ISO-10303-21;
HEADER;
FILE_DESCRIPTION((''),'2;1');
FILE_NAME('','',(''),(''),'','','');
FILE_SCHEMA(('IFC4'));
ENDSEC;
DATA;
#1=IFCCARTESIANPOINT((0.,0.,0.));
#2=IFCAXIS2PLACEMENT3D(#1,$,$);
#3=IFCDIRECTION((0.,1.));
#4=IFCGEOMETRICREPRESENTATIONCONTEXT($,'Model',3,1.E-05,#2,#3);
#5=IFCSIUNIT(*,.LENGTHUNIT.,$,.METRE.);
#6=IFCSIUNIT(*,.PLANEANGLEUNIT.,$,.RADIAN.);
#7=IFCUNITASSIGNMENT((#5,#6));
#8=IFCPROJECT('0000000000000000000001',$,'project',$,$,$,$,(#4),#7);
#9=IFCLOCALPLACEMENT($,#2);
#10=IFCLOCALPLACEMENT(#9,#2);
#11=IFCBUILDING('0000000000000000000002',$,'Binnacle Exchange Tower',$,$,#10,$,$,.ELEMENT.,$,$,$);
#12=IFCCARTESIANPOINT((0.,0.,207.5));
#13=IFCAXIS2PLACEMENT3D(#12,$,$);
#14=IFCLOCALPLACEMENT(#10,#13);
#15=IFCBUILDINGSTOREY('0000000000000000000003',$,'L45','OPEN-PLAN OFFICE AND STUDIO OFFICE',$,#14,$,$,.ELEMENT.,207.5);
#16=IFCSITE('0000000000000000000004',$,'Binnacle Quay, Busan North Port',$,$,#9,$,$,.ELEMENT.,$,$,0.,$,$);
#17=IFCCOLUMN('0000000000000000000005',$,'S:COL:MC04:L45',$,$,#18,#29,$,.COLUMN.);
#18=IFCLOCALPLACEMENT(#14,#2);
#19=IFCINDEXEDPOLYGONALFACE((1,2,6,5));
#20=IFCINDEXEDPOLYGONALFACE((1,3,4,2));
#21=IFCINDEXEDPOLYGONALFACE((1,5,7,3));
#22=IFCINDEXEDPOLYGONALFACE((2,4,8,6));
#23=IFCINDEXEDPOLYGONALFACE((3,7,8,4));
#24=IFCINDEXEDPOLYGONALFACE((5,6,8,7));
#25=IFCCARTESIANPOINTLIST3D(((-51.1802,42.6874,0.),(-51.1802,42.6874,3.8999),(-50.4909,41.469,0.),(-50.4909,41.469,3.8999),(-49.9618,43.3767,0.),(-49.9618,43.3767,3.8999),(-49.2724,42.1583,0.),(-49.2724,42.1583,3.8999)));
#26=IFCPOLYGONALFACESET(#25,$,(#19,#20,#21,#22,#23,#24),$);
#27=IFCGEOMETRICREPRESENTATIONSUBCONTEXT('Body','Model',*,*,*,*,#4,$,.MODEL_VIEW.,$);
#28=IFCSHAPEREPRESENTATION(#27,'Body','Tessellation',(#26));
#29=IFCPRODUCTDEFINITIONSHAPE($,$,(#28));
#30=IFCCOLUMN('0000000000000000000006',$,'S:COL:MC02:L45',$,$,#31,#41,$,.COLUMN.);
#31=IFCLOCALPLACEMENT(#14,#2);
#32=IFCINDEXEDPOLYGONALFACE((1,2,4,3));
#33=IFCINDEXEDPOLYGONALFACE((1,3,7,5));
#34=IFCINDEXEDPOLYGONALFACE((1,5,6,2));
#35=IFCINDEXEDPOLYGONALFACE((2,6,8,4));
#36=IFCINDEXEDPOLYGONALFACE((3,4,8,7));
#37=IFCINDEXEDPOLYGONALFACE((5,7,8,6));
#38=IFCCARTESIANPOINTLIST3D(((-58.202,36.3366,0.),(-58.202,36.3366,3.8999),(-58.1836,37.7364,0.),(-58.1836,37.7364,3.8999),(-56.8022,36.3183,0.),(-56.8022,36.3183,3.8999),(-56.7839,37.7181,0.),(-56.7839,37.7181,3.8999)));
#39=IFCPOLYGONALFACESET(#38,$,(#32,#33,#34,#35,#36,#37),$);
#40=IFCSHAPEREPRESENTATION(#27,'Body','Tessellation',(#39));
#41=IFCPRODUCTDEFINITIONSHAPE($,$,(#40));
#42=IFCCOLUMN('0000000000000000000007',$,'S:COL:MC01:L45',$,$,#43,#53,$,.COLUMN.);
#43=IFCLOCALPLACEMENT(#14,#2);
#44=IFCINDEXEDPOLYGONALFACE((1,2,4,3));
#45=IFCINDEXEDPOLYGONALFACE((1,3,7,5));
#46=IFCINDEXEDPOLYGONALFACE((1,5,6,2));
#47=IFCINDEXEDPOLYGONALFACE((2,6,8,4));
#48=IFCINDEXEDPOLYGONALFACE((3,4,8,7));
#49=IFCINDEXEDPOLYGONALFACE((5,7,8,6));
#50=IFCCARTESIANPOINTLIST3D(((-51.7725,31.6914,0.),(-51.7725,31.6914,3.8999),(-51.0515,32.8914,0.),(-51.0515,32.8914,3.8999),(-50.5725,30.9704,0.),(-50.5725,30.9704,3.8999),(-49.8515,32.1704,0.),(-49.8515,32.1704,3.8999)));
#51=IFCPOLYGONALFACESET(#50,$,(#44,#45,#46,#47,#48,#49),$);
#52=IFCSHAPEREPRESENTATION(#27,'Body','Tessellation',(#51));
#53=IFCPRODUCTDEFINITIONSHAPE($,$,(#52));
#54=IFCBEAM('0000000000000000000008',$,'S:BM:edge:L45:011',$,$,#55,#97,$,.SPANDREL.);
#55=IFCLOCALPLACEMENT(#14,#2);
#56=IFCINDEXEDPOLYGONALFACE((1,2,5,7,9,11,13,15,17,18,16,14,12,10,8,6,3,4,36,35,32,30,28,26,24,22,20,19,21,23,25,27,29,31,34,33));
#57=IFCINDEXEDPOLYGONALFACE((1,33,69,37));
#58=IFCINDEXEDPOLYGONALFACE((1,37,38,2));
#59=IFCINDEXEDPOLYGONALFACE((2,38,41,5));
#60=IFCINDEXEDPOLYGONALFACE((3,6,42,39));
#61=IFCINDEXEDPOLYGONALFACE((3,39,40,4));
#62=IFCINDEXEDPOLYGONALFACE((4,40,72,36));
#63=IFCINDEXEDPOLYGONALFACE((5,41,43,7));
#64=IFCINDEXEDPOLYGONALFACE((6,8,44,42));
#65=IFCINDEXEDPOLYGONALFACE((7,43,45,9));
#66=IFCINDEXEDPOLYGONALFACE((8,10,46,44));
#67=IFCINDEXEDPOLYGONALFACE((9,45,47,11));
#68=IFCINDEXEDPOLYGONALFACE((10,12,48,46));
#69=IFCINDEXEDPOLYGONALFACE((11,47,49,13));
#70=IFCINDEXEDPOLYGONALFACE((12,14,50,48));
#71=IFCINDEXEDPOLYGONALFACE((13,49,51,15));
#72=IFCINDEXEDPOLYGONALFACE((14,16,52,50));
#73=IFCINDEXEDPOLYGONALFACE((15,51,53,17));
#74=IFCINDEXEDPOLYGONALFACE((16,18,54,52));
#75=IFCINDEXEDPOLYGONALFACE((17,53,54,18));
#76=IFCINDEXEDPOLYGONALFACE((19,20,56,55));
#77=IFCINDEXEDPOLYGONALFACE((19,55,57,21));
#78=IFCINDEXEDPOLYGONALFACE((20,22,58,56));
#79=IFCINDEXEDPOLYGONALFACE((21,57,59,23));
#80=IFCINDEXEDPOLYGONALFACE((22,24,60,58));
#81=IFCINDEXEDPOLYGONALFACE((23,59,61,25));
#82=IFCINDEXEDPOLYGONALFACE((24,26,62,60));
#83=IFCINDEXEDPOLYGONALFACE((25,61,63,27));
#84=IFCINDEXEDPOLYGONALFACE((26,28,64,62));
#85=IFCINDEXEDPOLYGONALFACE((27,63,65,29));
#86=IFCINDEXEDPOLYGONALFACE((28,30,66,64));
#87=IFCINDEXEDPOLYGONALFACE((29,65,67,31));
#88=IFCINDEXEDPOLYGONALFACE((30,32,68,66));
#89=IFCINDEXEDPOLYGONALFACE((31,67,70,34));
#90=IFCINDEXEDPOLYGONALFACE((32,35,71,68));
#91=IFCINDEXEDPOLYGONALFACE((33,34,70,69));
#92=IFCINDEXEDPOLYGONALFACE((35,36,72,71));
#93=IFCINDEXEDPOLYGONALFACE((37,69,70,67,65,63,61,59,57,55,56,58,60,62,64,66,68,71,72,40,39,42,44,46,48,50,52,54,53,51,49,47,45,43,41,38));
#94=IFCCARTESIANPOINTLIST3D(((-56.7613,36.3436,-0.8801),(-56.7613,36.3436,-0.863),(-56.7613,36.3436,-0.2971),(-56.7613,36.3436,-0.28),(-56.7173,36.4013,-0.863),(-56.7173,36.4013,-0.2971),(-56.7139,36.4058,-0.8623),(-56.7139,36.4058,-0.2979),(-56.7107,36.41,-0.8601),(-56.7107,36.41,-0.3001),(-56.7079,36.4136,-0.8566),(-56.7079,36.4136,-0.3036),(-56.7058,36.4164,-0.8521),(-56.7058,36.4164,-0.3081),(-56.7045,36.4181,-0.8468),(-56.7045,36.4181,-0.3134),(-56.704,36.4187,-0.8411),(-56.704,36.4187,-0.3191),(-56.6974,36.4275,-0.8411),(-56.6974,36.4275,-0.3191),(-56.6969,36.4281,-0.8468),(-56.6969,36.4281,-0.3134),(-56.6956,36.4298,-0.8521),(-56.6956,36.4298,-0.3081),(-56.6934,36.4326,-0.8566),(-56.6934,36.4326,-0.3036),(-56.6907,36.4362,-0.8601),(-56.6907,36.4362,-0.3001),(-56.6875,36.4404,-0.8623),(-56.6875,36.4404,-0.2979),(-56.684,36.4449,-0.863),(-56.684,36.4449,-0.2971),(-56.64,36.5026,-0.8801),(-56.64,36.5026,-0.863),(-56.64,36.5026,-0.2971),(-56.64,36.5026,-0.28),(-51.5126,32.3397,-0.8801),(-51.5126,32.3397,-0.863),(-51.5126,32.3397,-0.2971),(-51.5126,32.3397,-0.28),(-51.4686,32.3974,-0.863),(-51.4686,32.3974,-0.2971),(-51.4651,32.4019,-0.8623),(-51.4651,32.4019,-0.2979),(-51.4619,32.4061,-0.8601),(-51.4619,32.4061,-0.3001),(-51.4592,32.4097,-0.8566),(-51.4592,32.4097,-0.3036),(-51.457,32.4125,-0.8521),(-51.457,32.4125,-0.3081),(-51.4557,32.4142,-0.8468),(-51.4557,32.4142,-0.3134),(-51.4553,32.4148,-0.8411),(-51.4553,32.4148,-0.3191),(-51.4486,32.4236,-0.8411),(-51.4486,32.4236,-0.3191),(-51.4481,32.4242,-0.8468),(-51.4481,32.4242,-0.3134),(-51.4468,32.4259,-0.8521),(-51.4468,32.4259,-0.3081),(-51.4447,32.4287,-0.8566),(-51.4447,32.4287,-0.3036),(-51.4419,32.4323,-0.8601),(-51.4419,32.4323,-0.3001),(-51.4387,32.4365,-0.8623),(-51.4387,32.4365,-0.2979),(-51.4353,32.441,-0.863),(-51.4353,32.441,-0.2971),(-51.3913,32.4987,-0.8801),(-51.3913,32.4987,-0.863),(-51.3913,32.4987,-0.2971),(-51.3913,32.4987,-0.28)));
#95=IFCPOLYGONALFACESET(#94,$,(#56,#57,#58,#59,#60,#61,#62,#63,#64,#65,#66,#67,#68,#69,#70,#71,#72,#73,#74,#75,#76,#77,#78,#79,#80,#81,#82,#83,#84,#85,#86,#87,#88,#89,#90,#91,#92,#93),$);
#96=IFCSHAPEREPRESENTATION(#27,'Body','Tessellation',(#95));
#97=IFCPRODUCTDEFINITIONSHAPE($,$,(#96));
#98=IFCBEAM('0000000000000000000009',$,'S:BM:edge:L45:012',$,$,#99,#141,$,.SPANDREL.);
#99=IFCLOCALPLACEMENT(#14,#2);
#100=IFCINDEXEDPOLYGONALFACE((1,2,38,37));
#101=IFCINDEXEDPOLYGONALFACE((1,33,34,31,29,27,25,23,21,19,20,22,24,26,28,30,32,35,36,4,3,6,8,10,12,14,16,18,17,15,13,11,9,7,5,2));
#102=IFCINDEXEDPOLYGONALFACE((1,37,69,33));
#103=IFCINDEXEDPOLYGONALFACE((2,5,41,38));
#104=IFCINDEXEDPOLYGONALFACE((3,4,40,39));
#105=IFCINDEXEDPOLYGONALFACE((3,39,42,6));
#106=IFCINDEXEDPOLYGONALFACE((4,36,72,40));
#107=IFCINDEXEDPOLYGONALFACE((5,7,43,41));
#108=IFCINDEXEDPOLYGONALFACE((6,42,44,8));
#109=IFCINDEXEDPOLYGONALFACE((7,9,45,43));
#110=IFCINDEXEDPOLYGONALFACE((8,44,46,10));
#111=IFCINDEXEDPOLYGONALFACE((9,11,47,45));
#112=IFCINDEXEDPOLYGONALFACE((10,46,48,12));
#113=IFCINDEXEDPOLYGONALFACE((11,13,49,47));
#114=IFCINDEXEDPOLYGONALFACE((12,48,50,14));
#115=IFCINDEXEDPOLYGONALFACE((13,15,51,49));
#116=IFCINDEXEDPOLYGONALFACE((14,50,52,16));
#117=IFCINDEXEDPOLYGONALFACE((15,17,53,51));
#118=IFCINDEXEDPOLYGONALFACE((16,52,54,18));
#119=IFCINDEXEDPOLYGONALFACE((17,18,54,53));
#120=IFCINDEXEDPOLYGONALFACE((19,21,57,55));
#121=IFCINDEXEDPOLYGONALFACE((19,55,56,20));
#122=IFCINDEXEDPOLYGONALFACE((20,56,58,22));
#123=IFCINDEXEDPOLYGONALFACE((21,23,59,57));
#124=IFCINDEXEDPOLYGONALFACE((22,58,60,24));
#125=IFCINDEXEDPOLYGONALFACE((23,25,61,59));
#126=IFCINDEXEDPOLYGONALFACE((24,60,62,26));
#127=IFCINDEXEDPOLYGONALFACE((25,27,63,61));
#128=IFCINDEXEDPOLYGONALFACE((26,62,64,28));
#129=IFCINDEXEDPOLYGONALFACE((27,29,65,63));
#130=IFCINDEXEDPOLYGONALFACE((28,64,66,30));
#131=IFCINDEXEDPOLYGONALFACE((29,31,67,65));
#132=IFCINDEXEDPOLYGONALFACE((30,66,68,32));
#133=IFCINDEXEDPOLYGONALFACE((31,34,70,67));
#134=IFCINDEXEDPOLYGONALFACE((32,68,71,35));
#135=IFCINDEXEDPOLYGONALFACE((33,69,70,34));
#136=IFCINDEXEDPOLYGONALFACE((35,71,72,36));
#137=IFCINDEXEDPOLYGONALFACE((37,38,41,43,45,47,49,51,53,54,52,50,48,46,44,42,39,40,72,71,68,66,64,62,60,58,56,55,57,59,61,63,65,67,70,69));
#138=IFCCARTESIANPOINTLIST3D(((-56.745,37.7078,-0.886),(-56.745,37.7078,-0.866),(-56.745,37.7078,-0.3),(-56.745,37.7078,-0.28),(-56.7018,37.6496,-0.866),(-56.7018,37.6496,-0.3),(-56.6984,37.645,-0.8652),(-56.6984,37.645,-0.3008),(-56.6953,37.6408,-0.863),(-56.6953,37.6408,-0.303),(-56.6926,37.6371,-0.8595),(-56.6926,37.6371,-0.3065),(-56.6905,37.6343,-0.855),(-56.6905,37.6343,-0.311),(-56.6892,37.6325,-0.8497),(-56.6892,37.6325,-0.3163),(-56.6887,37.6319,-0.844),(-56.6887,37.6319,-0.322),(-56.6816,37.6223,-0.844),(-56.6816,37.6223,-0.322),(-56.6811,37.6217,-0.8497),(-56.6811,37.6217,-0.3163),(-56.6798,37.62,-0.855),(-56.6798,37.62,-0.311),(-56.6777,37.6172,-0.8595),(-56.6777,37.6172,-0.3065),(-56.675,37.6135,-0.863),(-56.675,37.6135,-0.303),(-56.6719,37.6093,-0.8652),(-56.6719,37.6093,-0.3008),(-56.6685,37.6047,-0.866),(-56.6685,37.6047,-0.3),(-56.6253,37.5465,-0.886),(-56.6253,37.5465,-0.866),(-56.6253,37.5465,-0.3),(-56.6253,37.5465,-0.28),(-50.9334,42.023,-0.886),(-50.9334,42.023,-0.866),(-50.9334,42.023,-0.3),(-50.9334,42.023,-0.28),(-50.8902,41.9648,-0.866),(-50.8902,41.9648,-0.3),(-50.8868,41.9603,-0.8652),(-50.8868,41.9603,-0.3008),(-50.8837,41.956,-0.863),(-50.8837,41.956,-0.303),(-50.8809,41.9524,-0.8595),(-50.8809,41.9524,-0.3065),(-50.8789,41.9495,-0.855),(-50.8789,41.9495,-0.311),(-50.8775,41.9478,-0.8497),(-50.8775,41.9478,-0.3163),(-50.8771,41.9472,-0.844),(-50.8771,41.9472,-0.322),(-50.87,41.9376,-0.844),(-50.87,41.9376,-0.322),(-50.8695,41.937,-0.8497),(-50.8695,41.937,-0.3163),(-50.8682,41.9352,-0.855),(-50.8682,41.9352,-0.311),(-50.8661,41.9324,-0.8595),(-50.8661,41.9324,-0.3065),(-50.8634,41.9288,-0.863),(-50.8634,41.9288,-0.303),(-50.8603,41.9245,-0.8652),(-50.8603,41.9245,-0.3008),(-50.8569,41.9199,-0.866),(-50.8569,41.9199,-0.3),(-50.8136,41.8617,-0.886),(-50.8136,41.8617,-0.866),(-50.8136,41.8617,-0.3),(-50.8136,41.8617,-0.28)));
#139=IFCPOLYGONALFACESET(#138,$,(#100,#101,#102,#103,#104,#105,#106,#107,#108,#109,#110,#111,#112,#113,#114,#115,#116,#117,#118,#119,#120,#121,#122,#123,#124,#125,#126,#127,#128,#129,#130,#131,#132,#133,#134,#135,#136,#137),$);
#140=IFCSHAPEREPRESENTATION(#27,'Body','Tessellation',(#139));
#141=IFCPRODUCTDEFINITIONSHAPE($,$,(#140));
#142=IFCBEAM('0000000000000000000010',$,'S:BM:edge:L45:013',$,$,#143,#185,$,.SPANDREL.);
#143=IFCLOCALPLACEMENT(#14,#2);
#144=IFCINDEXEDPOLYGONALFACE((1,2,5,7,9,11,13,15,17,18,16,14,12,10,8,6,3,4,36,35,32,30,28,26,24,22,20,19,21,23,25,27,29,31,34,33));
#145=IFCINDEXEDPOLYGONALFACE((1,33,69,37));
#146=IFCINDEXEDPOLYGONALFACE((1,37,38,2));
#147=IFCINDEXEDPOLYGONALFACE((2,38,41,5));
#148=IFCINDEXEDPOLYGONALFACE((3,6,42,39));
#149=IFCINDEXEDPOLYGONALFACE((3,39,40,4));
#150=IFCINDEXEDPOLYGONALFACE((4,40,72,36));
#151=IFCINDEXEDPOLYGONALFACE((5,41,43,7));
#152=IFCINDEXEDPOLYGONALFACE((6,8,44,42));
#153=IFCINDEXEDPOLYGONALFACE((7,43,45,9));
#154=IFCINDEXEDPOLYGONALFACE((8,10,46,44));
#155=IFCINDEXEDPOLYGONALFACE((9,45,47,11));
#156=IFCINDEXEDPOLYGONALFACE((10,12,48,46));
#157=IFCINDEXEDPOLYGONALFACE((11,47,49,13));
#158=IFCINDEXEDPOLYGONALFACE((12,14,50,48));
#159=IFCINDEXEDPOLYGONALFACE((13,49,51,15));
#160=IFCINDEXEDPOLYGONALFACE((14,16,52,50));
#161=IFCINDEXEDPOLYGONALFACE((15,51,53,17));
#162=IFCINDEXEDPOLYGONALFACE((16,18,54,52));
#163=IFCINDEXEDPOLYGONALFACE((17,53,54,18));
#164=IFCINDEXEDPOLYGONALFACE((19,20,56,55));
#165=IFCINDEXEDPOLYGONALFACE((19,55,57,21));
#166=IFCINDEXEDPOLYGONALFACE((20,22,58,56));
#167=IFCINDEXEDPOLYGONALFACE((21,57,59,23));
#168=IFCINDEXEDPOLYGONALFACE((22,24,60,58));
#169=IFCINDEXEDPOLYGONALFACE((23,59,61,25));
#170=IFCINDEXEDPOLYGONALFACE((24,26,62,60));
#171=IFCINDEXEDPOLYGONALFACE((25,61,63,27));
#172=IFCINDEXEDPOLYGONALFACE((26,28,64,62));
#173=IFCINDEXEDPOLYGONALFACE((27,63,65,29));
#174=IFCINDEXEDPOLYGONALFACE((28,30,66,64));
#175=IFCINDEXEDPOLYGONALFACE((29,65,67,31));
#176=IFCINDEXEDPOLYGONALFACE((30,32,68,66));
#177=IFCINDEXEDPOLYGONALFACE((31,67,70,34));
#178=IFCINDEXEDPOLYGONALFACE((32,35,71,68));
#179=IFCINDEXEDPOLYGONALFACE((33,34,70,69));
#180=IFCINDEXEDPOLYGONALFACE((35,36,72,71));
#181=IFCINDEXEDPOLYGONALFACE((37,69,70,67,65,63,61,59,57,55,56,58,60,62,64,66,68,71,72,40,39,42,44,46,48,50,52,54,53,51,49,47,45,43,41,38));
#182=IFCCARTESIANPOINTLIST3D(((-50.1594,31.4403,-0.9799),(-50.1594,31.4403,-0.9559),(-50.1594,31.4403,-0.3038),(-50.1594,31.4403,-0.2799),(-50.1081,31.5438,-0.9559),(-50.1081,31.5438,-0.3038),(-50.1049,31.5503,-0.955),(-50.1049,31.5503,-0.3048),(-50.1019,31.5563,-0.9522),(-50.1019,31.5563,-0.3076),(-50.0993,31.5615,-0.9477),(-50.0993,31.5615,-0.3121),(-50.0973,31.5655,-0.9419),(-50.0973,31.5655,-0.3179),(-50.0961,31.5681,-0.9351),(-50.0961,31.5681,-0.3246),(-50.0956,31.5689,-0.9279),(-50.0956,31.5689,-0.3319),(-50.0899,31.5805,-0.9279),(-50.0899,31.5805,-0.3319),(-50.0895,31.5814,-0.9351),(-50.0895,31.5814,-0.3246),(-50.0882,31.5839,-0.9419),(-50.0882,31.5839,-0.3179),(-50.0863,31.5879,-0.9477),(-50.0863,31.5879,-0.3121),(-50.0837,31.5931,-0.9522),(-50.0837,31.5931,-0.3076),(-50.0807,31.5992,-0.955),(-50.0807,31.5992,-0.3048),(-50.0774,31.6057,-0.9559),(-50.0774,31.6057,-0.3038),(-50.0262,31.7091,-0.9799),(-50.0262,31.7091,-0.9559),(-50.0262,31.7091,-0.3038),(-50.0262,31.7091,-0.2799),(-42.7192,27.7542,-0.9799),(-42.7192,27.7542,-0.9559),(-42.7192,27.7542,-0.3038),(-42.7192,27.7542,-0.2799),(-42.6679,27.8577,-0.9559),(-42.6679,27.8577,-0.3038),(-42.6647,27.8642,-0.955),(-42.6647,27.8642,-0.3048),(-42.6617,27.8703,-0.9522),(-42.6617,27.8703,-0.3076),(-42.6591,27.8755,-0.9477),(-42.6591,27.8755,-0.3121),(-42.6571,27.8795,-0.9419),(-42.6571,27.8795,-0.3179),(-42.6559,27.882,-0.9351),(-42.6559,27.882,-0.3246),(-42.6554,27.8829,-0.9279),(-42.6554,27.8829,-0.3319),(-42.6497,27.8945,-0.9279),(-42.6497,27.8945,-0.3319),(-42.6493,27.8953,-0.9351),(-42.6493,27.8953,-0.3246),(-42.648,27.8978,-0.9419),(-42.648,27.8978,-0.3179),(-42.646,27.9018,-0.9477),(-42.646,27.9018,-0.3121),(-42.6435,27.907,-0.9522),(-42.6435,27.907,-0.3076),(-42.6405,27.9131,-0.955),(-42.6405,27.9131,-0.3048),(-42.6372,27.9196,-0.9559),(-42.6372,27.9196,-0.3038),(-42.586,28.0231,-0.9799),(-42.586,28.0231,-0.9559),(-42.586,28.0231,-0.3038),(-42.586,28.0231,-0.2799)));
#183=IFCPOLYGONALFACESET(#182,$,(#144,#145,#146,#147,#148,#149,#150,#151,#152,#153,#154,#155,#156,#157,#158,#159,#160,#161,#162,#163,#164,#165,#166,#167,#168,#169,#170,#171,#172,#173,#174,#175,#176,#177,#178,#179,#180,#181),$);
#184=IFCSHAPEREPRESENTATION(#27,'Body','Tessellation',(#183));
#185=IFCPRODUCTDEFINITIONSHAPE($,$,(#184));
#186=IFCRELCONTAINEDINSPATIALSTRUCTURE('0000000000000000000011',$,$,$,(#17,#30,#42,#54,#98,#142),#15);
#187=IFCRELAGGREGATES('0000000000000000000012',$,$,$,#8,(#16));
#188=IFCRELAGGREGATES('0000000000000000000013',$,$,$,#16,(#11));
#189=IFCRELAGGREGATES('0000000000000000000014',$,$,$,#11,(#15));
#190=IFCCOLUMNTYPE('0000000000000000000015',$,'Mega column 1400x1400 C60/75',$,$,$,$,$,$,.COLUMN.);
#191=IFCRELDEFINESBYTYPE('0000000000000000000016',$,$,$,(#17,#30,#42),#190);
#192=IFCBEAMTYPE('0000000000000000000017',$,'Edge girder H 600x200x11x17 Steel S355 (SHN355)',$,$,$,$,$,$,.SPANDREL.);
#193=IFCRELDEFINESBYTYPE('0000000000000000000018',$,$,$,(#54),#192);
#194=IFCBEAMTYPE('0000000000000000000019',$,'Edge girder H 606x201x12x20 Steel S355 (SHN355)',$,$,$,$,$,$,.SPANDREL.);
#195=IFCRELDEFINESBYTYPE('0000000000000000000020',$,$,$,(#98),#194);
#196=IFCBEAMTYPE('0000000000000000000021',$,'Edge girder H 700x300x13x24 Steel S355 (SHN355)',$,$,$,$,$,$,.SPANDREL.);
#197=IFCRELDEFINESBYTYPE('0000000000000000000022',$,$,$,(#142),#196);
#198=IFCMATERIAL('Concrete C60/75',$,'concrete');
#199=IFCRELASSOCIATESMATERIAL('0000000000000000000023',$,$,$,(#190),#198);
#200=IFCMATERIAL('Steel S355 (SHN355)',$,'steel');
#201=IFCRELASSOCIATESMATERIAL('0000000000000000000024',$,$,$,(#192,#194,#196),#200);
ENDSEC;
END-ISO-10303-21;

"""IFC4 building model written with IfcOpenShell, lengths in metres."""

from ifc_helpers import new_model, si_unit, direction, frame, origin, origin_2d, place, context, subcontext, project, spatial, rectangle, i_section, extrude, material, material_profile, profile_set, type_object, element, save


model = new_model("IFC4")

# Units and contexts
model_context = context("Model", 3, precision=1e-05, world=origin(), true_north=direction((0.0, 1.0)))
body_context = subcontext(model_context, "Body", "Model", "MODEL_VIEW")
ifc_project = project(units=[si_unit("LENGTHUNIT", "METRE"), si_unit("PLANEANGLEUNIT", "RADIAN")], contexts=[model_context])

# Site, building, storey
site_placement = place(None, origin())
site = spatial("IfcSite", under=ifc_project, at=site_placement, Name="Binnacle Quay, Busan North Port", CompositionType="ELEMENT", RefElevation=0.0)
building_placement = place(site_placement, origin())
building = spatial("IfcBuilding", under=site, at=building_placement, Name="Binnacle Exchange Tower", CompositionType="ELEMENT")
storey_placement = place(building_placement, frame((0.0, 0.0, 207.5)))
storey = spatial("IfcBuildingStorey", under=building, at=storey_placement, Name="L45", Description="OPEN-PLAN OFFICE AND STUDIO OFFICE", CompositionType="ELEMENT", Elevation=207.5)

# Columns
ifc_material_1 = material(Name="Concrete C60/75", Category="concrete")
ifc_material_profile_1 = material_profile(ifc_material_1, rectangle(XDim=1.3999, YDim=1.3999, at=origin_2d()), Name="Mega column 1400x1400 C60/75")
ifc_profile_set_1 = profile_set([ifc_material_profile_1], Name="Concrete C60/75")
column_type = type_object("IfcColumnType", Name="Mega column 1400x1400 C60/75", PredefinedType="COLUMN", material=ifc_profile_set_1)
for number, where, z_axis, x_axis, name in (
    (1, (-50.2263, 42.4229, 0.0), (0.0, 0.0, 1.0), (-0.870356, -0.492424, 0.0), "S:COL:MC04:L45"),
    (2, (-57.4929, 37.0273, 0.0), (0.0, 0.0, 1.0), (-0.01309, -0.999914, 0.0), "S:COL:MC02:L45"),
    (3, (-50.812, 31.9309, 0.0), (0.0, 0.0, 1.0), (0.857167, -0.515038, 0.0), "S:COL:MC01:L45"),
):
    element("IfcColumn", number, at=place(storey_placement, frame(where, z_axis=z_axis, x_axis=x_axis)), inside=storey, type_object=column_type, Name=name, PredefinedType="COLUMN", context=body_context, shape_type="SweptSolid", body=[
        extrude(rectangle(XDim=1.3999, YDim=1.3999, at=origin_2d()), origin(), (0.0, 0.0, 1.0), 3.8999),
    ])

# Beams
ifc_material_2 = material(Name="Steel S355 (SHN355)", Category="steel")
ifc_material_profile_2 = material_profile(ifc_material_2, i_section(OverallWidth=0.2, OverallDepth=0.6001, WebThickness=0.011, FlangeThickness=0.0171, FilletRadius=0.022, at=origin_2d()), Name="H 600x200x11x17")
ifc_profile_set_2 = profile_set([ifc_material_profile_2], Name="Steel S355 (SHN355)")
beam_type_1 = type_object("IfcBeamType", Name="Edge girder H 600x200x11x17 Steel S355 (SHN355)", PredefinedType="SPANDREL", material=ifc_profile_set_2)
beam_1_placement = place(storey_placement, frame((-56.7007, 36.4231, -0.5801), z_axis=(0.795078, -0.606507, 0.0), x_axis=(0.606507, 0.795078, 0.0)))
element("IfcBeam", 4, at=beam_1_placement, inside=storey, type_object=beam_type_1, Name="S:BM:edge:L45:011", PredefinedType="SPANDREL", context=body_context, shape_type="SweptSolid", body=[
    extrude(i_section(OverallWidth=0.2, OverallDepth=0.6001, WebThickness=0.011, FlangeThickness=0.0171, FilletRadius=0.022, at=origin_2d()), origin(), (0.0, 0.0, 1.0), 6.6016),
])
ifc_material_profile_3 = material_profile(ifc_material_2, i_section(OverallWidth=0.2009, OverallDepth=0.606, WebThickness=0.012, FlangeThickness=0.02, FilletRadius=0.022, at=origin_2d()), Name="H 606x201x12x20")
ifc_profile_set_3 = profile_set([ifc_material_profile_3], Name="Steel S355 (SHN355)")
beam_type_2 = type_object("IfcBeamType", Name="Edge girder H 606x201x12x20 Steel S355 (SHN355)", PredefinedType="SPANDREL", material=ifc_profile_set_3)
beam_2_placement = place(storey_placement, frame((-50.8735, 41.9424, -0.583), z_axis=(-0.802873, -0.596151, 0.0), x_axis=(0.596151, -0.802873, 0.0)))
element("IfcBeam", 5, at=beam_2_placement, inside=storey, type_object=beam_type_2, Name="S:BM:edge:L45:012", PredefinedType="SPANDREL", context=body_context, shape_type="SweptSolid", body=[
    extrude(i_section(OverallWidth=0.2009, OverallDepth=0.606, WebThickness=0.012, FlangeThickness=0.02, FilletRadius=0.022, at=origin_2d()), origin(), (0.0, 0.0, 1.0), 7.2385),
])
ifc_material_profile_4 = material_profile(ifc_material_2, i_section(OverallWidth=0.3, OverallDepth=0.7, WebThickness=0.0129, FlangeThickness=0.0239, FilletRadius=0.0281, at=origin_2d()), Name="H 700x300x13x24")
ifc_profile_set_4 = profile_set([ifc_material_profile_4], Name="Steel S355 (SHN355)")
beam_type_3 = type_object("IfcBeamType", Name="Edge girder H 700x300x13x24 Steel S355 (SHN355)", PredefinedType="SPANDREL", material=ifc_profile_set_4)
beam_3_placement = place(storey_placement, frame((-50.0928, 31.5747, -0.6299), z_axis=(0.896062, -0.443929, 0.0), x_axis=(0.443929, 0.896062, 0.0)))
element("IfcBeam", 6, at=beam_3_placement, inside=storey, type_object=beam_type_3, Name="S:BM:edge:L45:013", PredefinedType="SPANDREL", context=body_context, shape_type="SweptSolid", body=[
    extrude(i_section(OverallWidth=0.3, OverallDepth=0.7, WebThickness=0.0129, FlangeThickness=0.0239, FilletRadius=0.0281, at=origin_2d()), origin(), (0.0, 0.0, 1.0), 8.3032),
])

save(model, "model.ifc")
